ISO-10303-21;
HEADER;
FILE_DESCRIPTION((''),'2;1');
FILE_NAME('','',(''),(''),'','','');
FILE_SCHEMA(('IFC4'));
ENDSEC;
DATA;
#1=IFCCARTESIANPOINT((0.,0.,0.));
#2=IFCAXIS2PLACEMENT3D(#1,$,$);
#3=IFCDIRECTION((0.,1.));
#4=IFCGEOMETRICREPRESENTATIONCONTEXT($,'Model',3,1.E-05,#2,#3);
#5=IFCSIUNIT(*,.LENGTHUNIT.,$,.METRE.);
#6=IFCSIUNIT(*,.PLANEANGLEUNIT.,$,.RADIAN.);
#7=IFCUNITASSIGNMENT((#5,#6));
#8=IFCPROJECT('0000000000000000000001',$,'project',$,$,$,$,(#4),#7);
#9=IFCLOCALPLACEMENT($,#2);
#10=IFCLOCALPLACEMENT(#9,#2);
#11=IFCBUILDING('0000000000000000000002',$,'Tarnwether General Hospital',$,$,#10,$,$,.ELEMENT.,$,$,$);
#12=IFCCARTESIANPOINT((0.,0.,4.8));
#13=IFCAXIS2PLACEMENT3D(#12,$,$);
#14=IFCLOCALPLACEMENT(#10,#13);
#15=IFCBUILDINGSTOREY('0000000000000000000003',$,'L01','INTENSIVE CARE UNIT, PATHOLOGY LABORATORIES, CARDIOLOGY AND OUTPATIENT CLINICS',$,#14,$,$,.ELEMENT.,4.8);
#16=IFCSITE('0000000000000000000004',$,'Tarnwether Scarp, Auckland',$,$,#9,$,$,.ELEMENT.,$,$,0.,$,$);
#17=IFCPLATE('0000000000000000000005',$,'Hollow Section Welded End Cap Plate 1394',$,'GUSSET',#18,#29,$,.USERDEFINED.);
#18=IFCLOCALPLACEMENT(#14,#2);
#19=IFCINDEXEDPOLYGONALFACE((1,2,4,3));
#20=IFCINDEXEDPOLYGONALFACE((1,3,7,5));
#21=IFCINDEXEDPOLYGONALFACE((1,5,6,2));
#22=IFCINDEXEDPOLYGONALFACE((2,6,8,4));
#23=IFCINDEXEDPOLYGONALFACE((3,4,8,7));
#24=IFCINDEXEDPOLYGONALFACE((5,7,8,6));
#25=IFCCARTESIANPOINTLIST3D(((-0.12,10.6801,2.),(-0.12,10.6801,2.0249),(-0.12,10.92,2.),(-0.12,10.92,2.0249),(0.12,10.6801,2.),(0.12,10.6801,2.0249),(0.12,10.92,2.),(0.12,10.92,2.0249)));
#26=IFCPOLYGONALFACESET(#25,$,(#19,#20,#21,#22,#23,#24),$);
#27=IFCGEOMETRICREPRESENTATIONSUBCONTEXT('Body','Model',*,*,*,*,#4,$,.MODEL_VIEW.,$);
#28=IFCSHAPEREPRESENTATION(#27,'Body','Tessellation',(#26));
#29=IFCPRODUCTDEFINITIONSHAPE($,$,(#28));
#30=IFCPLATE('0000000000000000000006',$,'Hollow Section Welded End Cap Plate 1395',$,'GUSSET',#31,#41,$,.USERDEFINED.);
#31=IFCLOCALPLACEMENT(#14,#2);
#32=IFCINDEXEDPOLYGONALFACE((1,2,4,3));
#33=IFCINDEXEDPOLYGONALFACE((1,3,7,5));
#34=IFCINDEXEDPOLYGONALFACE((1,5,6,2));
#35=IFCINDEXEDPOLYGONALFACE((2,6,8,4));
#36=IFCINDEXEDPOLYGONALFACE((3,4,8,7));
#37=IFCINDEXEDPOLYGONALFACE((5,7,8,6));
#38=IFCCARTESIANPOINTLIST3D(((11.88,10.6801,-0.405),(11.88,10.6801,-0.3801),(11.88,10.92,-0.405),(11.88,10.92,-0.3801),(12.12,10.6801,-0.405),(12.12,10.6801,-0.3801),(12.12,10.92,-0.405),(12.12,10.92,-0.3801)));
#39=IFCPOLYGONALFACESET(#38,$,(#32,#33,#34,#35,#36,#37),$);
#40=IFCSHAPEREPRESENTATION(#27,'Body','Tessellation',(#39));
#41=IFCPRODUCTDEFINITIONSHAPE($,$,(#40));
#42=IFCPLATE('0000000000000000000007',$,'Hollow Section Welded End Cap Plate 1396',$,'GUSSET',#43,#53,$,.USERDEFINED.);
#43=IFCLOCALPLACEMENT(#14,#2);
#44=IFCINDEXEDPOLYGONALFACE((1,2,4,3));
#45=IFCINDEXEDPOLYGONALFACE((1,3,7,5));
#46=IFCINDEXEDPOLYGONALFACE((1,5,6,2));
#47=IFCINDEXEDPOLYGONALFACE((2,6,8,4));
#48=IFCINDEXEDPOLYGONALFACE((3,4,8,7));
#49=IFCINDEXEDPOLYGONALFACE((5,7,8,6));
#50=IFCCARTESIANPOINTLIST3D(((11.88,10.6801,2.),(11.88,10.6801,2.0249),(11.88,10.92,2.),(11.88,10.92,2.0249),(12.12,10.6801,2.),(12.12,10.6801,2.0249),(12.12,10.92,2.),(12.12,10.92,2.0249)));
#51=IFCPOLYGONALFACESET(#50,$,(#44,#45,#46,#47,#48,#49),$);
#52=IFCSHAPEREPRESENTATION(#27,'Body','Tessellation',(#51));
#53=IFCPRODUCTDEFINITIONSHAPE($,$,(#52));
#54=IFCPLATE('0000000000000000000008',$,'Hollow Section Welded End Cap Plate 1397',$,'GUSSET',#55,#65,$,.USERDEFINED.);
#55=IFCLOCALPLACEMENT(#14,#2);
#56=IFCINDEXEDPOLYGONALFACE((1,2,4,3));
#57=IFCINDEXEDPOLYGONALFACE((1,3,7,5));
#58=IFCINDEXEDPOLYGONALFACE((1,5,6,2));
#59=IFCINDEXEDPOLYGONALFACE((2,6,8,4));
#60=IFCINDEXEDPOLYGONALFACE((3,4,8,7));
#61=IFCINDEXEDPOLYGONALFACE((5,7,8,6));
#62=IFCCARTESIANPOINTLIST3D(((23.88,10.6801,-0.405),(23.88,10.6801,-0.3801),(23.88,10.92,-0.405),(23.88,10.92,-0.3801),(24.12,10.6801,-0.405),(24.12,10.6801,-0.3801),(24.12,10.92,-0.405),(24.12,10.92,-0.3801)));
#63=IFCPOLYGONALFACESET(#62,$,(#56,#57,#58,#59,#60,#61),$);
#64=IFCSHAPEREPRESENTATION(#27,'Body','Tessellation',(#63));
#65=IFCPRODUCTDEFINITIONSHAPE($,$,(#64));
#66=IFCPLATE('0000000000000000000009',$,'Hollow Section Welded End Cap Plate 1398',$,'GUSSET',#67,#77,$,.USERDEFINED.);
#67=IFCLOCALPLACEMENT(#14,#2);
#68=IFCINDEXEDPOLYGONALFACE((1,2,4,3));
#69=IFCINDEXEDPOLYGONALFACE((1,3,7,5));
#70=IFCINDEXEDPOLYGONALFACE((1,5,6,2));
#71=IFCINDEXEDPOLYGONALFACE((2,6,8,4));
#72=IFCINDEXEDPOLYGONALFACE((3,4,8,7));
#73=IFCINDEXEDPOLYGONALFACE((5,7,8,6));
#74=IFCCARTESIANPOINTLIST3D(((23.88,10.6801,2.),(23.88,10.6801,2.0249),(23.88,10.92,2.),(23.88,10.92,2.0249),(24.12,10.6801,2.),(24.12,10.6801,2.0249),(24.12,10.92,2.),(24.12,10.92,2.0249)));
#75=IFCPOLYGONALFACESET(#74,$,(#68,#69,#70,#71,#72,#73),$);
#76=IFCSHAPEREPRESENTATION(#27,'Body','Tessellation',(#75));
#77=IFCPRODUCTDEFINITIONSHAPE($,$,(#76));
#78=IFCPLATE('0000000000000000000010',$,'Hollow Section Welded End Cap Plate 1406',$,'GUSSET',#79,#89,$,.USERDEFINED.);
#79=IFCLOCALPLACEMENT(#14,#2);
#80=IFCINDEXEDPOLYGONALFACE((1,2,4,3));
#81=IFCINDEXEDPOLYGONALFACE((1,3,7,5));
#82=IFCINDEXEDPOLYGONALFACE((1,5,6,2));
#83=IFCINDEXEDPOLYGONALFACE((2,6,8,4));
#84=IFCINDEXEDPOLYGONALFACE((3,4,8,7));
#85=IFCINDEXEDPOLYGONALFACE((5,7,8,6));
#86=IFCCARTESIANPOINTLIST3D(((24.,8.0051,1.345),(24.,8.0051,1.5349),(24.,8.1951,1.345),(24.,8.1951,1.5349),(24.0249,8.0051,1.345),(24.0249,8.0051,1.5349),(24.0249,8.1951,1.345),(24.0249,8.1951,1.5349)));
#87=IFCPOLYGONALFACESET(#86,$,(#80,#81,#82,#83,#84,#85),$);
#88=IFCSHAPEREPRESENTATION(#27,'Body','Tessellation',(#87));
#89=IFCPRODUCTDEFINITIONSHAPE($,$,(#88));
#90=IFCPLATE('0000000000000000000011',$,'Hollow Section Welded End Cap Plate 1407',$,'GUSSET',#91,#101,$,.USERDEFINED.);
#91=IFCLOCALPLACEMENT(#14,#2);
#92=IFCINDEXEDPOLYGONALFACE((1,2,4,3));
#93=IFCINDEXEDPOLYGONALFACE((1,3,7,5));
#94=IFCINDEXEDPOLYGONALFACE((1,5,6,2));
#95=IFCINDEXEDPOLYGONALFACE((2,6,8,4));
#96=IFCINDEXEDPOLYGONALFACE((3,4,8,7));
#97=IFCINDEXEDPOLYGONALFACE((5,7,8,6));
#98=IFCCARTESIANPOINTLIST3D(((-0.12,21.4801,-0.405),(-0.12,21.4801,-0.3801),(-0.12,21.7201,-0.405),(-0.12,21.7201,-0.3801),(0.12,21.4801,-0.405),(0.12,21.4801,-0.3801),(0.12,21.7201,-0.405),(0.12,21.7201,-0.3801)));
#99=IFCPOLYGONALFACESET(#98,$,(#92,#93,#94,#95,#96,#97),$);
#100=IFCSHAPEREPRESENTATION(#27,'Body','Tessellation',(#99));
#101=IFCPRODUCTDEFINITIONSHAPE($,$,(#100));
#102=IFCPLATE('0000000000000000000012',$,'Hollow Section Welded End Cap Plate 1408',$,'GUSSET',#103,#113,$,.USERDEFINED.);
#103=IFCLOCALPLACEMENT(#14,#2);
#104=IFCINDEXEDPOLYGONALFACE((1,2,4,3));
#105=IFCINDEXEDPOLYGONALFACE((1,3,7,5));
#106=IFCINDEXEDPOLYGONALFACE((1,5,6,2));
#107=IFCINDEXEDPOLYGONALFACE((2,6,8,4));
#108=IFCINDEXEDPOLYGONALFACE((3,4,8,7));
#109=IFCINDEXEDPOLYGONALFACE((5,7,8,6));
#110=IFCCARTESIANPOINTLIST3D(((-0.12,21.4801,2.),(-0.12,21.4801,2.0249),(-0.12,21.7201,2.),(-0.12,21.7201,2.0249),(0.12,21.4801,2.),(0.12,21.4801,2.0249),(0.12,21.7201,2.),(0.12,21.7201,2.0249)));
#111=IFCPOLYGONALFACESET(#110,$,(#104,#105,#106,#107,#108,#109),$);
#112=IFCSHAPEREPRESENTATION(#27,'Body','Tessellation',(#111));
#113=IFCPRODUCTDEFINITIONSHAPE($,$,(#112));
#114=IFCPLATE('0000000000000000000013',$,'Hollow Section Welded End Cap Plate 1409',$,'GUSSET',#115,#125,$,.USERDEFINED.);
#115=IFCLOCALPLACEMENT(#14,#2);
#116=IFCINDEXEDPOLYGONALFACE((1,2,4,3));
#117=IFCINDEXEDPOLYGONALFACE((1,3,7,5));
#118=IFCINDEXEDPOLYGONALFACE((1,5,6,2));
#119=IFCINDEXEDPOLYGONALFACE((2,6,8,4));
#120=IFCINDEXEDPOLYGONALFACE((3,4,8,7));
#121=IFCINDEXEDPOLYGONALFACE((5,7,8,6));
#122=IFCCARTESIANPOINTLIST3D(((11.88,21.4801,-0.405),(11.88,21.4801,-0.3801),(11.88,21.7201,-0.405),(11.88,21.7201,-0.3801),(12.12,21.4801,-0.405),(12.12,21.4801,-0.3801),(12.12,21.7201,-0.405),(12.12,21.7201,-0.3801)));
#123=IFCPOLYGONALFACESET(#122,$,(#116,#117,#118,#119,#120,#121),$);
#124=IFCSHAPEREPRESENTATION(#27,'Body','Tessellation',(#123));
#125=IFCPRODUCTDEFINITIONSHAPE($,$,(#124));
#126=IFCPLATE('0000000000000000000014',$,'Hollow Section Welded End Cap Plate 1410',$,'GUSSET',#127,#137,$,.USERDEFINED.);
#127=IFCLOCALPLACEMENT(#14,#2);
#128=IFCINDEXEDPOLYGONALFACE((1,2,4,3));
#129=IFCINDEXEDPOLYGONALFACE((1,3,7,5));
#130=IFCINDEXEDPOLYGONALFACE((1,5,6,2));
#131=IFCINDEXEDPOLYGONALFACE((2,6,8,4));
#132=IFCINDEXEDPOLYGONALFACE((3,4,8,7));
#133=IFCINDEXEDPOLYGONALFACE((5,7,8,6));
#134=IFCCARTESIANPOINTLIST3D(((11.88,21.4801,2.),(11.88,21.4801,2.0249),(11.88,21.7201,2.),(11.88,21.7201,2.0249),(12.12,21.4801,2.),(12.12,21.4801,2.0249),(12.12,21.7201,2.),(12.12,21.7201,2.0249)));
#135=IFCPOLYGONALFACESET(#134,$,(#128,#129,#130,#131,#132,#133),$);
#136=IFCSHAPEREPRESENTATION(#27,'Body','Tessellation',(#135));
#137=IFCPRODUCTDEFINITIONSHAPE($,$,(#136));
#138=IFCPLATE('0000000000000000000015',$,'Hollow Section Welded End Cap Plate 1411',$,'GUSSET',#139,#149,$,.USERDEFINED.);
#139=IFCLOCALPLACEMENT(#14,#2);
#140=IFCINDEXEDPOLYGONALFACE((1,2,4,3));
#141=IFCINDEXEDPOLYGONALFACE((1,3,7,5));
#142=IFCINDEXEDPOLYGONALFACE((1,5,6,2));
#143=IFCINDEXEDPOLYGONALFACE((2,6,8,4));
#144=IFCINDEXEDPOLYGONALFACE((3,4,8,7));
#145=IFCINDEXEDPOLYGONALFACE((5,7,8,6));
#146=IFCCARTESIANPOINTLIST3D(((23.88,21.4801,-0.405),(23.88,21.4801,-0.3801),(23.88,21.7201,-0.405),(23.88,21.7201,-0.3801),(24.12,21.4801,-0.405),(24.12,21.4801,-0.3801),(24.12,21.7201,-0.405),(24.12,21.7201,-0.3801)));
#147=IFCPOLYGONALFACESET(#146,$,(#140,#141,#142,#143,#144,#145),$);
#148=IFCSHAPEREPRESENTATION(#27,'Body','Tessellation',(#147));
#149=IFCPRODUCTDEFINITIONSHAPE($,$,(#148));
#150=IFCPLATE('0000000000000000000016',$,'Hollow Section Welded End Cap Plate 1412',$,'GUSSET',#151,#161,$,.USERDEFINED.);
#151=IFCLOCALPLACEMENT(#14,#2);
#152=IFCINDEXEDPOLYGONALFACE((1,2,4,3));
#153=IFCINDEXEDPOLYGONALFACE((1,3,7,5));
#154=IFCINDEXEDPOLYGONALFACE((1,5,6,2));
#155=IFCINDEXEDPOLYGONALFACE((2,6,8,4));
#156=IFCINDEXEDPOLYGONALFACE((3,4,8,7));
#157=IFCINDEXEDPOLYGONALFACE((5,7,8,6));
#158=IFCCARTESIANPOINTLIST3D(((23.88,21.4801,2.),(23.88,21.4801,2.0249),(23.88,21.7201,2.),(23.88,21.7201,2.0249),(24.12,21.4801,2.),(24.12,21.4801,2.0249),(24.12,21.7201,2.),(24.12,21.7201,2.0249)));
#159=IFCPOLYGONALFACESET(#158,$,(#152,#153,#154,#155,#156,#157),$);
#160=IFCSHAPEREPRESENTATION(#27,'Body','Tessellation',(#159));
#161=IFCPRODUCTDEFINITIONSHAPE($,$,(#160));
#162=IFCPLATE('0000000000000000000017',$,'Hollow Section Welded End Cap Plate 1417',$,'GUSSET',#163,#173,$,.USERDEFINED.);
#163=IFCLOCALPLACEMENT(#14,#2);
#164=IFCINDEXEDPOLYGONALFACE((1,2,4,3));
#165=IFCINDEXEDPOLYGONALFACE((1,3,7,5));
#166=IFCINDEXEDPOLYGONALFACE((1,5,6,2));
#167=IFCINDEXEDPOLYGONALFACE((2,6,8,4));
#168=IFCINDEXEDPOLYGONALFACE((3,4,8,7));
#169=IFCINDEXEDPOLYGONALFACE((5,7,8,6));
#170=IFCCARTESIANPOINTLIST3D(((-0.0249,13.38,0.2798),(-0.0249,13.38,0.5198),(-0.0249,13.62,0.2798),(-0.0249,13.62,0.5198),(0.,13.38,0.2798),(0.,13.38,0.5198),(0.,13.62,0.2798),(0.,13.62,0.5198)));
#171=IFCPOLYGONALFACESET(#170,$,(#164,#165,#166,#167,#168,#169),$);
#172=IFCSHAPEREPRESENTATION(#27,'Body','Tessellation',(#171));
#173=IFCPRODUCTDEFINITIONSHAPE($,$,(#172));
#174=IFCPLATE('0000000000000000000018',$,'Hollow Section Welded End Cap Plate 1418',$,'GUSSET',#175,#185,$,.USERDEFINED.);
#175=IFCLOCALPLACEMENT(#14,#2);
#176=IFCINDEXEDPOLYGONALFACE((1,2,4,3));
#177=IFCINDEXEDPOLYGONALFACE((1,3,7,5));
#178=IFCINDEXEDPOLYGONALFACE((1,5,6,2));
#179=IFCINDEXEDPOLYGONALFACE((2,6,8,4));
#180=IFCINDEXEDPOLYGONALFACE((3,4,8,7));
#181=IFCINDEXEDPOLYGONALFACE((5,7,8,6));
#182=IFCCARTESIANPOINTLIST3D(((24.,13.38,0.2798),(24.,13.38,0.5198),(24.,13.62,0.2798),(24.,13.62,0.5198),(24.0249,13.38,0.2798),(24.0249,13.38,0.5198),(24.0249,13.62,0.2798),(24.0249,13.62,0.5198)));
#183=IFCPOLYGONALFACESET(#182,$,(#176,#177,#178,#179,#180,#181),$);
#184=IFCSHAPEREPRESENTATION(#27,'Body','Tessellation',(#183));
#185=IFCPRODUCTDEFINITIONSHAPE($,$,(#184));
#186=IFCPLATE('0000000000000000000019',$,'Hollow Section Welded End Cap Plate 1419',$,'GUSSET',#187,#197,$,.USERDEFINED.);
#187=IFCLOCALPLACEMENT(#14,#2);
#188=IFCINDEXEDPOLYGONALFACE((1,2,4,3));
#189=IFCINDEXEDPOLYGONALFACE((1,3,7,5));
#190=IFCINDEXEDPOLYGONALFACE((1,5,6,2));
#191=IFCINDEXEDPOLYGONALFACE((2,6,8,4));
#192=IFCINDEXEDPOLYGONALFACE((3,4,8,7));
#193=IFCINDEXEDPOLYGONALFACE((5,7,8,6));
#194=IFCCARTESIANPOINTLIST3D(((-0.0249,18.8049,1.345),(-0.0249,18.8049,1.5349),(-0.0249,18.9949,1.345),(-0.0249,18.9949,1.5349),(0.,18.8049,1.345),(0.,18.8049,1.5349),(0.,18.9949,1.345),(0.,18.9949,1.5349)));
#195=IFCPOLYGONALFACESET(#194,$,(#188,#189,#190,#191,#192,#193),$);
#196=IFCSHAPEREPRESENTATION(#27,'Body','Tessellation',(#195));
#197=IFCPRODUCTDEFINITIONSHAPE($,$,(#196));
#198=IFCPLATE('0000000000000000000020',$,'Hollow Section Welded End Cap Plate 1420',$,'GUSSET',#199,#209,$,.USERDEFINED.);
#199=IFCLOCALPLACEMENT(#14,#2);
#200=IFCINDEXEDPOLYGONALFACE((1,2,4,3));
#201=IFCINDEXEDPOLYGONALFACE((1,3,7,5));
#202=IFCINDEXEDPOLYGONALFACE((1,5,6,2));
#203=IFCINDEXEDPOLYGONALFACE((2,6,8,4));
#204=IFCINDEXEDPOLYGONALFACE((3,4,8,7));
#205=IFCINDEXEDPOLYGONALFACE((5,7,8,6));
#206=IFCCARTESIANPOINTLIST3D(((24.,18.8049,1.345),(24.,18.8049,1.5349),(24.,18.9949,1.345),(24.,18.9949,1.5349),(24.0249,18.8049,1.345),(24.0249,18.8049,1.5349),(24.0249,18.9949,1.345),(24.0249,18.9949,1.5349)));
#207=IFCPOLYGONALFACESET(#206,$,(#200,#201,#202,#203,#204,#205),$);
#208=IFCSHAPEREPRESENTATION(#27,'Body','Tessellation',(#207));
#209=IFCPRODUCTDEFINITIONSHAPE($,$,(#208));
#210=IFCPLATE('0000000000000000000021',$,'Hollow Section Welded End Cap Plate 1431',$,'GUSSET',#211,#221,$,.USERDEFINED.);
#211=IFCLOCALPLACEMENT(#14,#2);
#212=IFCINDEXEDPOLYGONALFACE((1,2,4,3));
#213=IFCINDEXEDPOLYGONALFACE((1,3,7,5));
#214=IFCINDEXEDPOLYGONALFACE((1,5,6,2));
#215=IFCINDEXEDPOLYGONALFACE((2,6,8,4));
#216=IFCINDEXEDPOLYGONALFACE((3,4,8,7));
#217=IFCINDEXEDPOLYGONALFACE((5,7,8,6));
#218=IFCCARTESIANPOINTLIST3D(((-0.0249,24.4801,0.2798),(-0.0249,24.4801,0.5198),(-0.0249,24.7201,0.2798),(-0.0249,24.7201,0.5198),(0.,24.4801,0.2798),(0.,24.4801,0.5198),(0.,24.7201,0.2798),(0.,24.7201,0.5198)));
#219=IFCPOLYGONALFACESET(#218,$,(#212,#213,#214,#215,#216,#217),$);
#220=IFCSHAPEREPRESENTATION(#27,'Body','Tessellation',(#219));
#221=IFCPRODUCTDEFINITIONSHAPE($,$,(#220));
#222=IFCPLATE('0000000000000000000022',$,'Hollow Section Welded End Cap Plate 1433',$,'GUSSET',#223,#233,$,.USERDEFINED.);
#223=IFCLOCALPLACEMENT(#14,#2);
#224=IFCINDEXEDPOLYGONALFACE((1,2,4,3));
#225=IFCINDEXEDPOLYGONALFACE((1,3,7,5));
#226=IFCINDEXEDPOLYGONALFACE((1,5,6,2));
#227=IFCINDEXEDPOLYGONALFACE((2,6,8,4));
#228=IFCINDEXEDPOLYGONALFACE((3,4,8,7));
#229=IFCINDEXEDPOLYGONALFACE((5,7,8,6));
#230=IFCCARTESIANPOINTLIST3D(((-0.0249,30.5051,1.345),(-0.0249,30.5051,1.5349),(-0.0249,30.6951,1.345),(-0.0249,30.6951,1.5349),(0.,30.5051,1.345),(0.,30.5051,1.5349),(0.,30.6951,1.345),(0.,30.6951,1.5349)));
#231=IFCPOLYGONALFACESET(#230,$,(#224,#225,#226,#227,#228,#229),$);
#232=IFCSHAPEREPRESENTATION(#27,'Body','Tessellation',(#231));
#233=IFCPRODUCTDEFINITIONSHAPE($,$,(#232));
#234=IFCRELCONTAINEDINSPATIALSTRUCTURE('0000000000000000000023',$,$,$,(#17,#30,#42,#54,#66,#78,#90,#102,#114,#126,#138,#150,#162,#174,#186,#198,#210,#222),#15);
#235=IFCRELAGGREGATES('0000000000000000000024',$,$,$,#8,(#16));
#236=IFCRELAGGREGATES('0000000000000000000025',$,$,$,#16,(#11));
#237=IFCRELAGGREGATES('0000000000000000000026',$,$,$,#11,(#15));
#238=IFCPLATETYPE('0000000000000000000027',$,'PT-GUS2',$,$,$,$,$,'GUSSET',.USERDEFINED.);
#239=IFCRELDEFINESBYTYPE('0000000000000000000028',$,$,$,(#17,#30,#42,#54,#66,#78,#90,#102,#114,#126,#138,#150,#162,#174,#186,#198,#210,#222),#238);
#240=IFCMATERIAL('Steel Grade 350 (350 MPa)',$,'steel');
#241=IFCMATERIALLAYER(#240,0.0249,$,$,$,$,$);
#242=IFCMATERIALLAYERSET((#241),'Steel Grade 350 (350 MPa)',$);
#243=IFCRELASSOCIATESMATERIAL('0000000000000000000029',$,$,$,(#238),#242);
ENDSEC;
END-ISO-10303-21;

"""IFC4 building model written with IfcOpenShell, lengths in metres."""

from ifc_helpers import new_model, si_unit, direction, frame, origin, origin_2d, place, context, subcontext, project, spatial, rectangle, extrude, material, layer, layer_set, type_object, element, save


model = new_model("IFC4")

# Units and contexts
model_context = context("Model", 3, precision=1e-05, world=origin(), true_north=direction((0.0, 1.0)))
body_context = subcontext(model_context, "Body", "Model", "MODEL_VIEW")
ifc_project = project(units=[si_unit("LENGTHUNIT", "METRE"), si_unit("PLANEANGLEUNIT", "RADIAN")], contexts=[model_context])

# Site, building, storey
site_placement = place(None, origin())
site = spatial("IfcSite", under=ifc_project, at=site_placement, Name="Tarnwether Scarp, Auckland", CompositionType="ELEMENT", RefElevation=0.0)
building_placement = place(site_placement, origin())
building = spatial("IfcBuilding", under=site, at=building_placement, Name="Tarnwether General Hospital", CompositionType="ELEMENT")
storey_placement = place(building_placement, frame((0.0, 0.0, 4.8)))
storey = spatial("IfcBuildingStorey", under=building, at=storey_placement, Name="L01", Description="INTENSIVE CARE UNIT, PATHOLOGY LABORATORIES, CARDIOLOGY AND OUTPATIENT CLINICS", CompositionType="ELEMENT", Elevation=4.8)

# Plates
ifc_material_1 = material(Name="Steel Grade 350 (350 MPa)", Category="steel")
ifc_layer_1 = layer(ifc_material_1, 0.0249)
ifc_layer_set_1 = layer_set([ifc_layer_1], Name="Steel Grade 350 (350 MPa)")
plate_type = type_object("IfcPlateType", Name="PT-GUS2", ElementType="GUSSET", PredefinedType="USERDEFINED", material=ifc_layer_set_1)
for number, where, z_axis, x_axis, name in (
    (1, (0.0, 10.8, 2.0), (0.0, 0.0, 1.0), (1.0, 0.0, 0.0), "Hollow Section Welded End Cap Plate 1394"),
    (2, (12.0, 10.8, -0.405), (0.0, 0.0, 1.0), (1.0, 0.0, 0.0), "Hollow Section Welded End Cap Plate 1395"),
    (3, (12.0, 10.8, 2.0), (0.0, 0.0, 1.0), (1.0, 0.0, 0.0), "Hollow Section Welded End Cap Plate 1396"),
    (4, (24.0, 10.8, -0.405), (0.0, 0.0, 1.0), (1.0, 0.0, 0.0), "Hollow Section Welded End Cap Plate 1397"),
    (5, (24.0, 10.8, 2.0), (0.0, 0.0, 1.0), (1.0, 0.0, 0.0), "Hollow Section Welded End Cap Plate 1398"),
):
    element("IfcPlate", number, at=place(storey_placement, frame(where, z_axis=z_axis, x_axis=x_axis)), inside=storey, type_object=plate_type, Name=name, ObjectType="GUSSET", PredefinedType="USERDEFINED", context=body_context, shape_type="SweptSolid", body=[
        extrude(rectangle(XDim=0.24, YDim=0.24, at=origin_2d()), origin(), (0.0, 0.0, 1.0), 0.0249),
    ])
plate_1_placement = place(storey_placement, frame((24.0125, 8.1001, 1.345), z_axis=(0.0, 0.0, 1.0), x_axis=(1.0, 0.0, 0.0)))
element("IfcPlate", 6, at=plate_1_placement, inside=storey, type_object=plate_type, Name="Hollow Section Welded End Cap Plate 1406", ObjectType="GUSSET", PredefinedType="USERDEFINED", context=body_context, shape_type="SweptSolid", body=[
    extrude(rectangle(XDim=0.0249, YDim=0.1899, at=origin_2d()), origin(), (0.0, 0.0, 1.0), 0.1899),
])
for number, where, z_axis, x_axis, name in (
    (7, (0.0, 21.6001, -0.405), (0.0, 0.0, 1.0), (1.0, 0.0, 0.0), "Hollow Section Welded End Cap Plate 1407"),
    (8, (0.0, 21.6001, 2.0), (0.0, 0.0, 1.0), (1.0, 0.0, 0.0), "Hollow Section Welded End Cap Plate 1408"),
    (9, (12.0, 21.6001, -0.405), (0.0, 0.0, 1.0), (1.0, 0.0, 0.0), "Hollow Section Welded End Cap Plate 1409"),
    (10, (12.0, 21.6001, 2.0), (0.0, 0.0, 1.0), (1.0, 0.0, 0.0), "Hollow Section Welded End Cap Plate 1410"),
    (11, (24.0, 21.6001, -0.405), (0.0, 0.0, 1.0), (1.0, 0.0, 0.0), "Hollow Section Welded End Cap Plate 1411"),
    (12, (24.0, 21.6001, 2.0), (0.0, 0.0, 1.0), (1.0, 0.0, 0.0), "Hollow Section Welded End Cap Plate 1412"),
):
    element("IfcPlate", number, at=place(storey_placement, frame(where, z_axis=z_axis, x_axis=x_axis)), inside=storey, type_object=plate_type, Name=name, ObjectType="GUSSET", PredefinedType="USERDEFINED", context=body_context, shape_type="SweptSolid", body=[
        extrude(rectangle(XDim=0.24, YDim=0.24, at=origin_2d()), origin(), (0.0, 0.0, 1.0), 0.0249),
    ])
for number, where, z_axis, x_axis, name in (
    (13, (-0.0125, 13.5, 0.2798), (0.0, 0.0, 1.0), (1.0, 0.0, 0.0), "Hollow Section Welded End Cap Plate 1417"),
    (14, (24.0125, 13.5, 0.2798), (0.0, 0.0, 1.0), (1.0, 0.0, 0.0), "Hollow Section Welded End Cap Plate 1418"),
):
    element("IfcPlate", number, at=place(storey_placement, frame(where, z_axis=z_axis, x_axis=x_axis)), inside=storey, type_object=plate_type, Name=name, ObjectType="GUSSET", PredefinedType="USERDEFINED", context=body_context, shape_type="SweptSolid", body=[
        extrude(rectangle(XDim=0.0249, YDim=0.24, at=origin_2d()), origin(), (0.0, 0.0, 1.0), 0.24),
    ])
for number, where, z_axis, x_axis, name in (
    (15, (-0.0125, 18.8999, 1.345), (0.0, 0.0, 1.0), (1.0, 0.0, 0.0), "Hollow Section Welded End Cap Plate 1419"),
    (16, (24.0125, 18.8999, 1.345), (0.0, 0.0, 1.0), (1.0, 0.0, 0.0), "Hollow Section Welded End Cap Plate 1420"),
):
    element("IfcPlate", number, at=place(storey_placement, frame(where, z_axis=z_axis, x_axis=x_axis)), inside=storey, type_object=plate_type, Name=name, ObjectType="GUSSET", PredefinedType="USERDEFINED", context=body_context, shape_type="SweptSolid", body=[
        extrude(rectangle(XDim=0.0249, YDim=0.1899, at=origin_2d()), origin(), (0.0, 0.0, 1.0), 0.1899),
    ])
plate_2_placement = place(storey_placement, frame((-0.0125, 24.6001, 0.2798), z_axis=(0.0, 0.0, 1.0), x_axis=(1.0, 0.0, 0.0)))
element("IfcPlate", 17, at=plate_2_placement, inside=storey, type_object=plate_type, Name="Hollow Section Welded End Cap Plate 1431", ObjectType="GUSSET", PredefinedType="USERDEFINED", context=body_context, shape_type="SweptSolid", body=[
    extrude(rectangle(XDim=0.0249, YDim=0.24, at=origin_2d()), origin(), (0.0, 0.0, 1.0), 0.24),
])
plate_3_placement = place(storey_placement, frame((-0.0125, 30.6001, 1.345), z_axis=(0.0, 0.0, 1.0), x_axis=(1.0, 0.0, 0.0)))
element("IfcPlate", 18, at=plate_3_placement, inside=storey, type_object=plate_type, Name="Hollow Section Welded End Cap Plate 1433", ObjectType="GUSSET", PredefinedType="USERDEFINED", context=body_context, shape_type="SweptSolid", body=[
    extrude(rectangle(XDim=0.0249, YDim=0.1899, at=origin_2d()), origin(), (0.0, 0.0, 1.0), 0.1899),
])

save(model, "model.ifc")
